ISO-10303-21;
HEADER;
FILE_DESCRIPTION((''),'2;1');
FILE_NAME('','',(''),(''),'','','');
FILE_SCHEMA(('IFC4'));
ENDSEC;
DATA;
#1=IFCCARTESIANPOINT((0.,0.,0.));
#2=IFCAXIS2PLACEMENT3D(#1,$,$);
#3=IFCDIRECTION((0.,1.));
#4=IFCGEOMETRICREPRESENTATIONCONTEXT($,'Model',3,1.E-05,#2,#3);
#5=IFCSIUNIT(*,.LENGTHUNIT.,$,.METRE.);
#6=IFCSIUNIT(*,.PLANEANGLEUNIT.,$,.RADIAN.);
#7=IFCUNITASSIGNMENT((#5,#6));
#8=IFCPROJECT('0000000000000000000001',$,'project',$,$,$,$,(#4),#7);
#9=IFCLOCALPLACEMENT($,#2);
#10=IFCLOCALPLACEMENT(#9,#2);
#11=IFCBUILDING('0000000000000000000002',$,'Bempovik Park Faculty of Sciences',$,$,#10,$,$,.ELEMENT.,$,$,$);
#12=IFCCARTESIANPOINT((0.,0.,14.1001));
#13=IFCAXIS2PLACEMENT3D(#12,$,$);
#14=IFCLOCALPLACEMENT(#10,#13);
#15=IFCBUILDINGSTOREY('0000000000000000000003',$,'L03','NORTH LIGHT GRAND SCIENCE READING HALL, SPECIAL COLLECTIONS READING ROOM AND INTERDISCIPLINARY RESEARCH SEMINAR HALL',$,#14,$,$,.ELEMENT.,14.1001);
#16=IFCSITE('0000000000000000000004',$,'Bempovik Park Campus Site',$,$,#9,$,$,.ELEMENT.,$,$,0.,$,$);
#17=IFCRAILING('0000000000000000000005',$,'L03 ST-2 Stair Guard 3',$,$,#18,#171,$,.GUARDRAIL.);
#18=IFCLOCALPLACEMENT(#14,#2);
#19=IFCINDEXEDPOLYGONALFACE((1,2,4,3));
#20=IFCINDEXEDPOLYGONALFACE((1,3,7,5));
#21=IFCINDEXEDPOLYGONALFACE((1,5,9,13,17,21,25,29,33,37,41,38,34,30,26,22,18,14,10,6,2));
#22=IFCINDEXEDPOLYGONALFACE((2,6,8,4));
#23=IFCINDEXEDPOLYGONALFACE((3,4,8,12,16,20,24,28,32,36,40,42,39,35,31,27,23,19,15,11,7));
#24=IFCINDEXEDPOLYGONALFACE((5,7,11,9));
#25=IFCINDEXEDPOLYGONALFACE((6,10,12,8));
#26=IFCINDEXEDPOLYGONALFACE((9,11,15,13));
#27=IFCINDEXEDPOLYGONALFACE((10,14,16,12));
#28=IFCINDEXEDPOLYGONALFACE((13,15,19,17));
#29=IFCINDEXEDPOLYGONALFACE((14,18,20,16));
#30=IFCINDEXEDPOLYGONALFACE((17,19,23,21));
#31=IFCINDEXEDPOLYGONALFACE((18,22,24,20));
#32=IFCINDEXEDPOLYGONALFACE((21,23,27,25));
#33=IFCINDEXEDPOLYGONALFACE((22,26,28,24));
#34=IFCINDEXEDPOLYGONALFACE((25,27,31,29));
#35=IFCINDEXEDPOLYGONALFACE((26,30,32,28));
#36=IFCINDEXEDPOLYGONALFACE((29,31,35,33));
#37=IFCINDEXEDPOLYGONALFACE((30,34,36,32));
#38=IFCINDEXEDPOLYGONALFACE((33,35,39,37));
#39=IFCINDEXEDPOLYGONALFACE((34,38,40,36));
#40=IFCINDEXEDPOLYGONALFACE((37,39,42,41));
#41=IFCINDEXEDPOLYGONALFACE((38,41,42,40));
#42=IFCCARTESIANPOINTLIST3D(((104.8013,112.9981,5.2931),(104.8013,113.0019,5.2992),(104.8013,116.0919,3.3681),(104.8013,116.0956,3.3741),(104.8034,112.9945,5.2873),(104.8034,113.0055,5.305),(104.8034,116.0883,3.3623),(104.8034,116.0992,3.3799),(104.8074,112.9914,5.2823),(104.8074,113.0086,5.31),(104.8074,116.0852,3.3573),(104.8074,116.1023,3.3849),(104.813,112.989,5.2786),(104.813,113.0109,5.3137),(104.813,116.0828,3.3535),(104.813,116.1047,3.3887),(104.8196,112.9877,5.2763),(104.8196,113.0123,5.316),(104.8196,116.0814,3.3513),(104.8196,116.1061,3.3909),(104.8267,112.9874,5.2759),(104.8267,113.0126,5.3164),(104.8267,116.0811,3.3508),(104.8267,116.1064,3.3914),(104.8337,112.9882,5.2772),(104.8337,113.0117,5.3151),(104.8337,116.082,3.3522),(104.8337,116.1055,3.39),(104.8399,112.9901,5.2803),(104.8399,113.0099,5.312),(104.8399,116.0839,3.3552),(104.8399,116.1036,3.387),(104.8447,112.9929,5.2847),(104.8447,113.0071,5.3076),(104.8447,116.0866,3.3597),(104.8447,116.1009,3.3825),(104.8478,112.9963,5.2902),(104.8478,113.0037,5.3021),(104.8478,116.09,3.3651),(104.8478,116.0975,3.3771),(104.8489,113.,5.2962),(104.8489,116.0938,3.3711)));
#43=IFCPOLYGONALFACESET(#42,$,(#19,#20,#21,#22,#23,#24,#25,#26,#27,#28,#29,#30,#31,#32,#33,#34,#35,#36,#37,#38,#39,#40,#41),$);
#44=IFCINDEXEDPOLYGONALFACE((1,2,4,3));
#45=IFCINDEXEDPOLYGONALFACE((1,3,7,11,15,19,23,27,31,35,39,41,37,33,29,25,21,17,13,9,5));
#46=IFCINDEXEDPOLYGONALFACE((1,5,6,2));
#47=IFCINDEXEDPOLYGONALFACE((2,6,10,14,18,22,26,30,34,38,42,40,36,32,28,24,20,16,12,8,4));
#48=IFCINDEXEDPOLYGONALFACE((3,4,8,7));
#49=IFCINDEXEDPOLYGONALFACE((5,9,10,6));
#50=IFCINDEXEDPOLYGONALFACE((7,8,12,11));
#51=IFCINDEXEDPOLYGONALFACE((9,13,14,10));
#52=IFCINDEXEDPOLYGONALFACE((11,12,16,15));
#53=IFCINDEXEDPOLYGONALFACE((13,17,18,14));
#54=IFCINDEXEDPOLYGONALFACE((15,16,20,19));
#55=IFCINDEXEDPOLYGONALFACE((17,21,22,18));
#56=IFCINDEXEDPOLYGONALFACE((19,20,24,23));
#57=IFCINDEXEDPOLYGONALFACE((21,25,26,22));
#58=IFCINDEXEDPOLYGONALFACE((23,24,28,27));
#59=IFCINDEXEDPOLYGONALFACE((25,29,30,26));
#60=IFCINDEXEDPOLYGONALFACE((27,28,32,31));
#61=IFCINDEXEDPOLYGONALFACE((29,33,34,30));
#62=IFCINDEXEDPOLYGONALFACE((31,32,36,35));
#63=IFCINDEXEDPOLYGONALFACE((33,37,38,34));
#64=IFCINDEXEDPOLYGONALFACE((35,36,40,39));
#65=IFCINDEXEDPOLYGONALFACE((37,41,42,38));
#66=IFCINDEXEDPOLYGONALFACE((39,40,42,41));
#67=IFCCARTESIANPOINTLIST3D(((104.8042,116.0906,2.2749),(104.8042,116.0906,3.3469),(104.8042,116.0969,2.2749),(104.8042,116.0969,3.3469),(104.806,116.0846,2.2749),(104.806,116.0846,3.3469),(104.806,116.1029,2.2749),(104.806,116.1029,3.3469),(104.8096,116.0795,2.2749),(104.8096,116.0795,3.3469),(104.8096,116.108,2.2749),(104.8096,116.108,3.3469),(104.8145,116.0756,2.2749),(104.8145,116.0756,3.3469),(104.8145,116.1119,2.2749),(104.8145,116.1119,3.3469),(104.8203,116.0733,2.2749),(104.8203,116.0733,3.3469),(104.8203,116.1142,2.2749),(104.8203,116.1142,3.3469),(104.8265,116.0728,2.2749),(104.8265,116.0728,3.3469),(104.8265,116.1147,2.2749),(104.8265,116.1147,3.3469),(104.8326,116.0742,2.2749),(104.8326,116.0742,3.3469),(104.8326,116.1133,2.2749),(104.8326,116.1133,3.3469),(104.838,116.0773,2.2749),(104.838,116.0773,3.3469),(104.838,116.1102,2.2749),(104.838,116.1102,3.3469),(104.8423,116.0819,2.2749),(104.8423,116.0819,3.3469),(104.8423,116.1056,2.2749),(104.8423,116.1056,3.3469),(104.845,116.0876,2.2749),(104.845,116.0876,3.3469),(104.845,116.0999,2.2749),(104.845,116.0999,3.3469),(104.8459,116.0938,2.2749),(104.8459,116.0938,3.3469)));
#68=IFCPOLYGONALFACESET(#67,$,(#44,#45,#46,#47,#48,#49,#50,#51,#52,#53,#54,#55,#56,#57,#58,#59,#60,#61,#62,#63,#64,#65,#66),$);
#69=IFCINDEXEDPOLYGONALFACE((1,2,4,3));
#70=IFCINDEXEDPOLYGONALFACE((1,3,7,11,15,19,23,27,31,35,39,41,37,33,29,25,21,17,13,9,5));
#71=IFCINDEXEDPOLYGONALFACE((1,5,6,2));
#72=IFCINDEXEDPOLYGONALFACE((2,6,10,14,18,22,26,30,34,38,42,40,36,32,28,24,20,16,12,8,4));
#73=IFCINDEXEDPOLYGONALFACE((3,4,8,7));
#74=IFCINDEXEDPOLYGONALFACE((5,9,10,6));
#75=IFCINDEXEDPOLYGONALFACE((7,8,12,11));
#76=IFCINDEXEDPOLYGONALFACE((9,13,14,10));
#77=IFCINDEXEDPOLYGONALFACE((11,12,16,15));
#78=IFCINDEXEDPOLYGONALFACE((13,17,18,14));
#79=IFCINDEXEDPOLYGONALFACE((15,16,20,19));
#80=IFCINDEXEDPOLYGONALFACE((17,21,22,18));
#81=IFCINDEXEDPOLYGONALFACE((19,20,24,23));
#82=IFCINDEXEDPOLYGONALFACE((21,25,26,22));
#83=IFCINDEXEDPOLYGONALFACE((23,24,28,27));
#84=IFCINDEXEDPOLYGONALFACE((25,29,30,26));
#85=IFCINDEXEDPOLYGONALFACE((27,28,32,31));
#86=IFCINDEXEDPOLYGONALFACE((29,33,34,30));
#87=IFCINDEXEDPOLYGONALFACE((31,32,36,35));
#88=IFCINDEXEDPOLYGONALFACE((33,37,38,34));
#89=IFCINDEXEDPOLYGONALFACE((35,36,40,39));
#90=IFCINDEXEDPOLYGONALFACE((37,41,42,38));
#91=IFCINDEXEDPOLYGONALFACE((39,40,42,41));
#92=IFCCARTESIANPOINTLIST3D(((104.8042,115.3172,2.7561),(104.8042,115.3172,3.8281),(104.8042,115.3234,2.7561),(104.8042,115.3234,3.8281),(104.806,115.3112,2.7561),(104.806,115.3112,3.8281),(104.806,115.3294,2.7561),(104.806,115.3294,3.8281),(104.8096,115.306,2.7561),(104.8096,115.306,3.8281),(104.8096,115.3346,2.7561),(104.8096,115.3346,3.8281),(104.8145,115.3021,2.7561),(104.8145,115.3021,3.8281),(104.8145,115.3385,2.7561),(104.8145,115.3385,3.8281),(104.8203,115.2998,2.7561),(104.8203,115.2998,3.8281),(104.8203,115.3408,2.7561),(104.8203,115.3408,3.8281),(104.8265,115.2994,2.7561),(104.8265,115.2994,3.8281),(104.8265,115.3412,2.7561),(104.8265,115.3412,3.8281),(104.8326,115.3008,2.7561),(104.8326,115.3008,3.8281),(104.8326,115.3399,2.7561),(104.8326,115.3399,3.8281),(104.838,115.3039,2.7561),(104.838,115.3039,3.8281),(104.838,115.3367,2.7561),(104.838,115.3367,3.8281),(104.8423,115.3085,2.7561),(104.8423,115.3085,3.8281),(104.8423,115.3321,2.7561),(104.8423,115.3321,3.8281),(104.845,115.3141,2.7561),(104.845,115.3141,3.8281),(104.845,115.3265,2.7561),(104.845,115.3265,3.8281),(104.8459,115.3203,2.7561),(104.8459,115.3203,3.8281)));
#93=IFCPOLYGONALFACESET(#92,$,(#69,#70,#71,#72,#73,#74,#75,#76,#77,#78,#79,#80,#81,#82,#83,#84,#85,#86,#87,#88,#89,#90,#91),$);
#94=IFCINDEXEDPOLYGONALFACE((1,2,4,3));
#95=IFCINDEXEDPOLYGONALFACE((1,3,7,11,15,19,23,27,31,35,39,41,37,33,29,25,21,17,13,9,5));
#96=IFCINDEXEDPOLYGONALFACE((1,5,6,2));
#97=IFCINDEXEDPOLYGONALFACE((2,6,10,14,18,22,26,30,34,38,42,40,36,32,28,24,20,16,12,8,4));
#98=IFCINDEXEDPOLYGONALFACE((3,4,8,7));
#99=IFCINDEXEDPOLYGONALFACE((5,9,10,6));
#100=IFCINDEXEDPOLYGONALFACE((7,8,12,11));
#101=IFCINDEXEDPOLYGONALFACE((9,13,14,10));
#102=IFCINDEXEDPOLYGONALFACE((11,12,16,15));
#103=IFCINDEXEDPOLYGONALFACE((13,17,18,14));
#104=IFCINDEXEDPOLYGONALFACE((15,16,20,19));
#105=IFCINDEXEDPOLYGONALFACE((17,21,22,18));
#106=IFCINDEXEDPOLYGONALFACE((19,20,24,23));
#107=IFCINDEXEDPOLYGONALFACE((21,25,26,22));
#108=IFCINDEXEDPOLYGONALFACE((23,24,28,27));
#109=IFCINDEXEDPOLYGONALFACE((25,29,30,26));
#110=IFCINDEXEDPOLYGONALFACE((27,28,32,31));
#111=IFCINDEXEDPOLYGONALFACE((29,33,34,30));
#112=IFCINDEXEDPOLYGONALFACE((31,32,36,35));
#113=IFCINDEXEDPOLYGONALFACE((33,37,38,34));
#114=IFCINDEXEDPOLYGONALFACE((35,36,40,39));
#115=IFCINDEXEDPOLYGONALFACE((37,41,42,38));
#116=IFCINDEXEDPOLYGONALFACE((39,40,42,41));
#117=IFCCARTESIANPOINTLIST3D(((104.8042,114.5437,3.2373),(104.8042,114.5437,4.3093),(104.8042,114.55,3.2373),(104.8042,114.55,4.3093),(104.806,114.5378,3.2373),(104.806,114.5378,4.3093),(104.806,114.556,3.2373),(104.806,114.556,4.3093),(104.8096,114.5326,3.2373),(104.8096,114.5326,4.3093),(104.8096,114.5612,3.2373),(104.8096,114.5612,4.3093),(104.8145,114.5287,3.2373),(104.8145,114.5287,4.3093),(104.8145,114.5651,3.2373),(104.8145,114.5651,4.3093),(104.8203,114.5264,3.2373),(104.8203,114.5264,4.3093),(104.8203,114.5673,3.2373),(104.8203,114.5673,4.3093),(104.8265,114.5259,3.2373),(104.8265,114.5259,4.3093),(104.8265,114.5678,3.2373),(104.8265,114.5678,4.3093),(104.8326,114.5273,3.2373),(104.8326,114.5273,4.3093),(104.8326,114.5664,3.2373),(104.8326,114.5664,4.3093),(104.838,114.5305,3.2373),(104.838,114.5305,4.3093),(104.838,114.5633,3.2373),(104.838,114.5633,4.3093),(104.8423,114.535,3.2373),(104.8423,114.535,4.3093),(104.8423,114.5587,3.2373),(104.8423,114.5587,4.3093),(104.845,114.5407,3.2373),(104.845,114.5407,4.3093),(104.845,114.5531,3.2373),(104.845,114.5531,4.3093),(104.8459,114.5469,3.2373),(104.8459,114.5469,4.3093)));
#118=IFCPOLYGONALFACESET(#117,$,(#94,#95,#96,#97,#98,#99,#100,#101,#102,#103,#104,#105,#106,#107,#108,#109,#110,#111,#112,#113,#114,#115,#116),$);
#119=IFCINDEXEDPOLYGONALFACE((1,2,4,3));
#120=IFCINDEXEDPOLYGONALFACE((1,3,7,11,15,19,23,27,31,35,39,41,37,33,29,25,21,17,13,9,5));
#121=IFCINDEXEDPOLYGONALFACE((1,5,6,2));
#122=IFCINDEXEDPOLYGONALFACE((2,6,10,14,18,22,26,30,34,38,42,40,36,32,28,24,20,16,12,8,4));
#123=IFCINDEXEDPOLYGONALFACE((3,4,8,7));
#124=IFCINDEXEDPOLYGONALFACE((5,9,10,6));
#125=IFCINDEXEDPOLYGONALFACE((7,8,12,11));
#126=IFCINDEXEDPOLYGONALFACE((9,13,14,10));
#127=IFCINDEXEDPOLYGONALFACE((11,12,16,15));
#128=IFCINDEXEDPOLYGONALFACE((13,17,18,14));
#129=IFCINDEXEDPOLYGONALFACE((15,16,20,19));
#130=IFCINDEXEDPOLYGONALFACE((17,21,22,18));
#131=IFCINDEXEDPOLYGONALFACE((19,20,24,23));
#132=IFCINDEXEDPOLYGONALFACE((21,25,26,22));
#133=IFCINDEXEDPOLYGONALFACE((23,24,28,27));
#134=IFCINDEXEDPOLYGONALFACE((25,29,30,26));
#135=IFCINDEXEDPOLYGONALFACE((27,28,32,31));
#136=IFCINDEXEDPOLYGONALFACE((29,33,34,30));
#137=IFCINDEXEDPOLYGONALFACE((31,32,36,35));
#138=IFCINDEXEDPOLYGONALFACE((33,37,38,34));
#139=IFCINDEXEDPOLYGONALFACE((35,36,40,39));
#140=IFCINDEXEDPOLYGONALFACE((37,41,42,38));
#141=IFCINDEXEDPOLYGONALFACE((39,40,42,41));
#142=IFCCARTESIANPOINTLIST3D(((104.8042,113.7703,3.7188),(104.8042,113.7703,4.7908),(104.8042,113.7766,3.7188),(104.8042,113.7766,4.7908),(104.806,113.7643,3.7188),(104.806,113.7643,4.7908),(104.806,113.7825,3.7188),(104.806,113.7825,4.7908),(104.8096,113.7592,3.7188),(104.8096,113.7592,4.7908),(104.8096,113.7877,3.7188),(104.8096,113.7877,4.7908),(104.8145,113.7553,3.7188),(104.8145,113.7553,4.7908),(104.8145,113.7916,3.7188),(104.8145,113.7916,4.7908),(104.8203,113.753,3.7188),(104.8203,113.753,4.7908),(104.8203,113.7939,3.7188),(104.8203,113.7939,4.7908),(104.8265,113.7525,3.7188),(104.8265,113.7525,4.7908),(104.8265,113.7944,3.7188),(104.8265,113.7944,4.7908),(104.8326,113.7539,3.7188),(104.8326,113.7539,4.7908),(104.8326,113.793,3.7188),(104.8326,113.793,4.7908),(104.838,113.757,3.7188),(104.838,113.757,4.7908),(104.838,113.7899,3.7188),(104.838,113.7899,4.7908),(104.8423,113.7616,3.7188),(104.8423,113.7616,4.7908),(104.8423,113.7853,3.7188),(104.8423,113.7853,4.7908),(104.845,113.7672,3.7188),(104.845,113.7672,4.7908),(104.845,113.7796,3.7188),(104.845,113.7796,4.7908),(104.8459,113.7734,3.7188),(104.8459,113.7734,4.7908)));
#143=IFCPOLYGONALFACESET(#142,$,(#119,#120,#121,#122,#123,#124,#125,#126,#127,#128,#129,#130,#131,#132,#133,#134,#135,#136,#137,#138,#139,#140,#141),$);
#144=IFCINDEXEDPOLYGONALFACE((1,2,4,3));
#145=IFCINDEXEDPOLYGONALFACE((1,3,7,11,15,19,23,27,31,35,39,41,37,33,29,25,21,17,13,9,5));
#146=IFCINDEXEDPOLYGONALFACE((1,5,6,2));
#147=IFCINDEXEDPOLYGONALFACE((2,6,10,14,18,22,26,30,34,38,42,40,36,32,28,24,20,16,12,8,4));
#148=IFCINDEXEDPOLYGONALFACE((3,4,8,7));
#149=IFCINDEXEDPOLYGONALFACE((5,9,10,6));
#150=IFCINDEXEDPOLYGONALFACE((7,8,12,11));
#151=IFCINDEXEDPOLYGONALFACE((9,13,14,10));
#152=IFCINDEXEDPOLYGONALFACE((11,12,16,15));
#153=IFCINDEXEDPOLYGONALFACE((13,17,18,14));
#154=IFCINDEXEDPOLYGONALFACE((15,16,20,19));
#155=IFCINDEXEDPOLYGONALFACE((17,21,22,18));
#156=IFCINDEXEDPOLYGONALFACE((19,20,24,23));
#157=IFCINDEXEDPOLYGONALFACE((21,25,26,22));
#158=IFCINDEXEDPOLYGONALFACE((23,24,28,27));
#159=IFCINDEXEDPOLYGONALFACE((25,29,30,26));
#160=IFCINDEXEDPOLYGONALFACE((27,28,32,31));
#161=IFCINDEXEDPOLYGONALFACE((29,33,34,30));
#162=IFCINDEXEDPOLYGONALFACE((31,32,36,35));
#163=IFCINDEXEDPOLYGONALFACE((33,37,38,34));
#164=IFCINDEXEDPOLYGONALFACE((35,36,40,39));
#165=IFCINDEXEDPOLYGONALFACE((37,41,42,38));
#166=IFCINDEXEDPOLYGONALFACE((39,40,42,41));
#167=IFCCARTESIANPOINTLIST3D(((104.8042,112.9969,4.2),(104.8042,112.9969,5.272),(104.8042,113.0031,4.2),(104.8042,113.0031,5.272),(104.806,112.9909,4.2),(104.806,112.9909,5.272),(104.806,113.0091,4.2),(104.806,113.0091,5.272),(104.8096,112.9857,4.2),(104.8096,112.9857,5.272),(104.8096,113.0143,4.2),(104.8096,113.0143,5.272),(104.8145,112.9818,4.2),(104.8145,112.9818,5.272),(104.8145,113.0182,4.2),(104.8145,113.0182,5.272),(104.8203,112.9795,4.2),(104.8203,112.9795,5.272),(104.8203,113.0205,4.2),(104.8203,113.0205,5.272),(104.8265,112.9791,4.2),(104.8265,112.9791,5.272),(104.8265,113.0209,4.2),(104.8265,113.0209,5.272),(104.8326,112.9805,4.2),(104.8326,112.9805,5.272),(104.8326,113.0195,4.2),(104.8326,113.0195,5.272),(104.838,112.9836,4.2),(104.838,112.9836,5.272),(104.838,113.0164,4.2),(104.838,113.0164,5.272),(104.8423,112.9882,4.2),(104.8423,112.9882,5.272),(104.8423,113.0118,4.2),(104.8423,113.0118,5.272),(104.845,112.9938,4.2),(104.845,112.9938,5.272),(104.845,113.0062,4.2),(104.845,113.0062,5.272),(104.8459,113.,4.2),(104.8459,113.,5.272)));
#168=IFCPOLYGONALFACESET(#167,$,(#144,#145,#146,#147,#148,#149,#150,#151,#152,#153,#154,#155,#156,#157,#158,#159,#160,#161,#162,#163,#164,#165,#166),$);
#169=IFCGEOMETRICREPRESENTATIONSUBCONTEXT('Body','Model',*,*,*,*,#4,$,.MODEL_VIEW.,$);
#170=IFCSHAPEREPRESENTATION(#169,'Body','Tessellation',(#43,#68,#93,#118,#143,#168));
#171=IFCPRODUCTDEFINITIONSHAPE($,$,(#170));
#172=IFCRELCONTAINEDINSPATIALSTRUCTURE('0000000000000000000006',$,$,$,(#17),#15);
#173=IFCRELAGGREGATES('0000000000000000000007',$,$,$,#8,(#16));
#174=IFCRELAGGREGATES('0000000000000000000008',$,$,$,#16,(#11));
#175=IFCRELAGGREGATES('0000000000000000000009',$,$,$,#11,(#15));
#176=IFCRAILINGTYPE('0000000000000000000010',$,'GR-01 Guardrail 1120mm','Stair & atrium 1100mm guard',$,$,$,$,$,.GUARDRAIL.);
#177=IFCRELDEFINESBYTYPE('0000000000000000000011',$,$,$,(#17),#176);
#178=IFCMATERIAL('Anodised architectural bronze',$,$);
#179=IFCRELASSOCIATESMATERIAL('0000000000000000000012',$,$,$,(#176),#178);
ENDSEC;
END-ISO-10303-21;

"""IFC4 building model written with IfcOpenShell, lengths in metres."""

from ifc_helpers import new_model, si_unit, direction, frame, origin, origin_2d, place, context, subcontext, project, spatial, circle, extrude, material, type_object, element, save


model = new_model("IFC4")

# Units and contexts
model_context = context("Model", 3, precision=1e-05, world=origin(), true_north=direction((0.0, 1.0)))
body_context = subcontext(model_context, "Body", "Model", "MODEL_VIEW")
ifc_project = project(units=[si_unit("LENGTHUNIT", "METRE"), si_unit("PLANEANGLEUNIT", "RADIAN")], contexts=[model_context])

# Site, building, storey
site_placement = place(None, origin())
site = spatial("IfcSite", under=ifc_project, at=site_placement, Name="Bempovik Park Campus Site", CompositionType="ELEMENT", RefElevation=0.0)
building_placement = place(site_placement, origin())
building = spatial("IfcBuilding", under=site, at=building_placement, Name="Bempovik Park Faculty of Sciences", CompositionType="ELEMENT")
storey_placement = place(building_placement, frame((0.0, 0.0, 14.1001)))
storey = spatial("IfcBuildingStorey", under=building, at=storey_placement, Name="L03", Description="NORTH LIGHT GRAND SCIENCE READING HALL, SPECIAL COLLECTIONS READING ROOM AND INTERDISCIPLINARY RESEARCH SEMINAR HALL", CompositionType="ELEMENT", Elevation=14.1001)

# Shared definitions
ifc_material_1 = material(Name="Anodised architectural bronze")

# Railing
railing_type_1 = type_object("IfcRailingType", Name="GR-01 Guardrail 1120mm", Description="Stair & atrium 1100mm guard", PredefinedType="GUARDRAIL", material=ifc_material_1)
railing_1_placement = place(storey_placement, frame((104.825, 116.0938, 2.2749)))
element("IfcRailing", 1, at=railing_1_placement, inside=storey, type_object=railing_type_1, Name="L03 ST-2 Stair Guard 3", PredefinedType="GUARDRAIL", context=body_context, shape_type="SweptSolid", body=[
    extrude(circle(Radius=0.0239, at=origin_2d()), frame((0.0, 0.0, 1.0962), z_axis=(0.0, -0.849051, 0.528312), x_axis=(1.0, 0.0, 0.0)), (0.0, 0.0, 1.0), 3.6438),
    extrude(circle(Radius=0.021, at=origin_2d()), origin(), (0.0, 0.0, 1.0), 1.072),
    extrude(circle(Radius=0.021, at=origin_2d()), frame((0.0, -0.7734, 0.4812)), (0.0, 0.0, 1.0), 1.072),
    extrude(circle(Radius=0.021, at=origin_2d()), frame((0.0, -1.5469, 0.9624)), (0.0, 0.0, 1.0), 1.072),
    extrude(circle(Radius=0.021, at=origin_2d()), frame((0.0, -2.3203, 1.4438)), (0.0, 0.0, 1.0), 1.072),
    extrude(circle(Radius=0.021, at=origin_2d()), frame((0.0, -3.0938, 1.925)), (0.0, 0.0, 1.0), 1.072),
])

save(model, "model.ifc")
